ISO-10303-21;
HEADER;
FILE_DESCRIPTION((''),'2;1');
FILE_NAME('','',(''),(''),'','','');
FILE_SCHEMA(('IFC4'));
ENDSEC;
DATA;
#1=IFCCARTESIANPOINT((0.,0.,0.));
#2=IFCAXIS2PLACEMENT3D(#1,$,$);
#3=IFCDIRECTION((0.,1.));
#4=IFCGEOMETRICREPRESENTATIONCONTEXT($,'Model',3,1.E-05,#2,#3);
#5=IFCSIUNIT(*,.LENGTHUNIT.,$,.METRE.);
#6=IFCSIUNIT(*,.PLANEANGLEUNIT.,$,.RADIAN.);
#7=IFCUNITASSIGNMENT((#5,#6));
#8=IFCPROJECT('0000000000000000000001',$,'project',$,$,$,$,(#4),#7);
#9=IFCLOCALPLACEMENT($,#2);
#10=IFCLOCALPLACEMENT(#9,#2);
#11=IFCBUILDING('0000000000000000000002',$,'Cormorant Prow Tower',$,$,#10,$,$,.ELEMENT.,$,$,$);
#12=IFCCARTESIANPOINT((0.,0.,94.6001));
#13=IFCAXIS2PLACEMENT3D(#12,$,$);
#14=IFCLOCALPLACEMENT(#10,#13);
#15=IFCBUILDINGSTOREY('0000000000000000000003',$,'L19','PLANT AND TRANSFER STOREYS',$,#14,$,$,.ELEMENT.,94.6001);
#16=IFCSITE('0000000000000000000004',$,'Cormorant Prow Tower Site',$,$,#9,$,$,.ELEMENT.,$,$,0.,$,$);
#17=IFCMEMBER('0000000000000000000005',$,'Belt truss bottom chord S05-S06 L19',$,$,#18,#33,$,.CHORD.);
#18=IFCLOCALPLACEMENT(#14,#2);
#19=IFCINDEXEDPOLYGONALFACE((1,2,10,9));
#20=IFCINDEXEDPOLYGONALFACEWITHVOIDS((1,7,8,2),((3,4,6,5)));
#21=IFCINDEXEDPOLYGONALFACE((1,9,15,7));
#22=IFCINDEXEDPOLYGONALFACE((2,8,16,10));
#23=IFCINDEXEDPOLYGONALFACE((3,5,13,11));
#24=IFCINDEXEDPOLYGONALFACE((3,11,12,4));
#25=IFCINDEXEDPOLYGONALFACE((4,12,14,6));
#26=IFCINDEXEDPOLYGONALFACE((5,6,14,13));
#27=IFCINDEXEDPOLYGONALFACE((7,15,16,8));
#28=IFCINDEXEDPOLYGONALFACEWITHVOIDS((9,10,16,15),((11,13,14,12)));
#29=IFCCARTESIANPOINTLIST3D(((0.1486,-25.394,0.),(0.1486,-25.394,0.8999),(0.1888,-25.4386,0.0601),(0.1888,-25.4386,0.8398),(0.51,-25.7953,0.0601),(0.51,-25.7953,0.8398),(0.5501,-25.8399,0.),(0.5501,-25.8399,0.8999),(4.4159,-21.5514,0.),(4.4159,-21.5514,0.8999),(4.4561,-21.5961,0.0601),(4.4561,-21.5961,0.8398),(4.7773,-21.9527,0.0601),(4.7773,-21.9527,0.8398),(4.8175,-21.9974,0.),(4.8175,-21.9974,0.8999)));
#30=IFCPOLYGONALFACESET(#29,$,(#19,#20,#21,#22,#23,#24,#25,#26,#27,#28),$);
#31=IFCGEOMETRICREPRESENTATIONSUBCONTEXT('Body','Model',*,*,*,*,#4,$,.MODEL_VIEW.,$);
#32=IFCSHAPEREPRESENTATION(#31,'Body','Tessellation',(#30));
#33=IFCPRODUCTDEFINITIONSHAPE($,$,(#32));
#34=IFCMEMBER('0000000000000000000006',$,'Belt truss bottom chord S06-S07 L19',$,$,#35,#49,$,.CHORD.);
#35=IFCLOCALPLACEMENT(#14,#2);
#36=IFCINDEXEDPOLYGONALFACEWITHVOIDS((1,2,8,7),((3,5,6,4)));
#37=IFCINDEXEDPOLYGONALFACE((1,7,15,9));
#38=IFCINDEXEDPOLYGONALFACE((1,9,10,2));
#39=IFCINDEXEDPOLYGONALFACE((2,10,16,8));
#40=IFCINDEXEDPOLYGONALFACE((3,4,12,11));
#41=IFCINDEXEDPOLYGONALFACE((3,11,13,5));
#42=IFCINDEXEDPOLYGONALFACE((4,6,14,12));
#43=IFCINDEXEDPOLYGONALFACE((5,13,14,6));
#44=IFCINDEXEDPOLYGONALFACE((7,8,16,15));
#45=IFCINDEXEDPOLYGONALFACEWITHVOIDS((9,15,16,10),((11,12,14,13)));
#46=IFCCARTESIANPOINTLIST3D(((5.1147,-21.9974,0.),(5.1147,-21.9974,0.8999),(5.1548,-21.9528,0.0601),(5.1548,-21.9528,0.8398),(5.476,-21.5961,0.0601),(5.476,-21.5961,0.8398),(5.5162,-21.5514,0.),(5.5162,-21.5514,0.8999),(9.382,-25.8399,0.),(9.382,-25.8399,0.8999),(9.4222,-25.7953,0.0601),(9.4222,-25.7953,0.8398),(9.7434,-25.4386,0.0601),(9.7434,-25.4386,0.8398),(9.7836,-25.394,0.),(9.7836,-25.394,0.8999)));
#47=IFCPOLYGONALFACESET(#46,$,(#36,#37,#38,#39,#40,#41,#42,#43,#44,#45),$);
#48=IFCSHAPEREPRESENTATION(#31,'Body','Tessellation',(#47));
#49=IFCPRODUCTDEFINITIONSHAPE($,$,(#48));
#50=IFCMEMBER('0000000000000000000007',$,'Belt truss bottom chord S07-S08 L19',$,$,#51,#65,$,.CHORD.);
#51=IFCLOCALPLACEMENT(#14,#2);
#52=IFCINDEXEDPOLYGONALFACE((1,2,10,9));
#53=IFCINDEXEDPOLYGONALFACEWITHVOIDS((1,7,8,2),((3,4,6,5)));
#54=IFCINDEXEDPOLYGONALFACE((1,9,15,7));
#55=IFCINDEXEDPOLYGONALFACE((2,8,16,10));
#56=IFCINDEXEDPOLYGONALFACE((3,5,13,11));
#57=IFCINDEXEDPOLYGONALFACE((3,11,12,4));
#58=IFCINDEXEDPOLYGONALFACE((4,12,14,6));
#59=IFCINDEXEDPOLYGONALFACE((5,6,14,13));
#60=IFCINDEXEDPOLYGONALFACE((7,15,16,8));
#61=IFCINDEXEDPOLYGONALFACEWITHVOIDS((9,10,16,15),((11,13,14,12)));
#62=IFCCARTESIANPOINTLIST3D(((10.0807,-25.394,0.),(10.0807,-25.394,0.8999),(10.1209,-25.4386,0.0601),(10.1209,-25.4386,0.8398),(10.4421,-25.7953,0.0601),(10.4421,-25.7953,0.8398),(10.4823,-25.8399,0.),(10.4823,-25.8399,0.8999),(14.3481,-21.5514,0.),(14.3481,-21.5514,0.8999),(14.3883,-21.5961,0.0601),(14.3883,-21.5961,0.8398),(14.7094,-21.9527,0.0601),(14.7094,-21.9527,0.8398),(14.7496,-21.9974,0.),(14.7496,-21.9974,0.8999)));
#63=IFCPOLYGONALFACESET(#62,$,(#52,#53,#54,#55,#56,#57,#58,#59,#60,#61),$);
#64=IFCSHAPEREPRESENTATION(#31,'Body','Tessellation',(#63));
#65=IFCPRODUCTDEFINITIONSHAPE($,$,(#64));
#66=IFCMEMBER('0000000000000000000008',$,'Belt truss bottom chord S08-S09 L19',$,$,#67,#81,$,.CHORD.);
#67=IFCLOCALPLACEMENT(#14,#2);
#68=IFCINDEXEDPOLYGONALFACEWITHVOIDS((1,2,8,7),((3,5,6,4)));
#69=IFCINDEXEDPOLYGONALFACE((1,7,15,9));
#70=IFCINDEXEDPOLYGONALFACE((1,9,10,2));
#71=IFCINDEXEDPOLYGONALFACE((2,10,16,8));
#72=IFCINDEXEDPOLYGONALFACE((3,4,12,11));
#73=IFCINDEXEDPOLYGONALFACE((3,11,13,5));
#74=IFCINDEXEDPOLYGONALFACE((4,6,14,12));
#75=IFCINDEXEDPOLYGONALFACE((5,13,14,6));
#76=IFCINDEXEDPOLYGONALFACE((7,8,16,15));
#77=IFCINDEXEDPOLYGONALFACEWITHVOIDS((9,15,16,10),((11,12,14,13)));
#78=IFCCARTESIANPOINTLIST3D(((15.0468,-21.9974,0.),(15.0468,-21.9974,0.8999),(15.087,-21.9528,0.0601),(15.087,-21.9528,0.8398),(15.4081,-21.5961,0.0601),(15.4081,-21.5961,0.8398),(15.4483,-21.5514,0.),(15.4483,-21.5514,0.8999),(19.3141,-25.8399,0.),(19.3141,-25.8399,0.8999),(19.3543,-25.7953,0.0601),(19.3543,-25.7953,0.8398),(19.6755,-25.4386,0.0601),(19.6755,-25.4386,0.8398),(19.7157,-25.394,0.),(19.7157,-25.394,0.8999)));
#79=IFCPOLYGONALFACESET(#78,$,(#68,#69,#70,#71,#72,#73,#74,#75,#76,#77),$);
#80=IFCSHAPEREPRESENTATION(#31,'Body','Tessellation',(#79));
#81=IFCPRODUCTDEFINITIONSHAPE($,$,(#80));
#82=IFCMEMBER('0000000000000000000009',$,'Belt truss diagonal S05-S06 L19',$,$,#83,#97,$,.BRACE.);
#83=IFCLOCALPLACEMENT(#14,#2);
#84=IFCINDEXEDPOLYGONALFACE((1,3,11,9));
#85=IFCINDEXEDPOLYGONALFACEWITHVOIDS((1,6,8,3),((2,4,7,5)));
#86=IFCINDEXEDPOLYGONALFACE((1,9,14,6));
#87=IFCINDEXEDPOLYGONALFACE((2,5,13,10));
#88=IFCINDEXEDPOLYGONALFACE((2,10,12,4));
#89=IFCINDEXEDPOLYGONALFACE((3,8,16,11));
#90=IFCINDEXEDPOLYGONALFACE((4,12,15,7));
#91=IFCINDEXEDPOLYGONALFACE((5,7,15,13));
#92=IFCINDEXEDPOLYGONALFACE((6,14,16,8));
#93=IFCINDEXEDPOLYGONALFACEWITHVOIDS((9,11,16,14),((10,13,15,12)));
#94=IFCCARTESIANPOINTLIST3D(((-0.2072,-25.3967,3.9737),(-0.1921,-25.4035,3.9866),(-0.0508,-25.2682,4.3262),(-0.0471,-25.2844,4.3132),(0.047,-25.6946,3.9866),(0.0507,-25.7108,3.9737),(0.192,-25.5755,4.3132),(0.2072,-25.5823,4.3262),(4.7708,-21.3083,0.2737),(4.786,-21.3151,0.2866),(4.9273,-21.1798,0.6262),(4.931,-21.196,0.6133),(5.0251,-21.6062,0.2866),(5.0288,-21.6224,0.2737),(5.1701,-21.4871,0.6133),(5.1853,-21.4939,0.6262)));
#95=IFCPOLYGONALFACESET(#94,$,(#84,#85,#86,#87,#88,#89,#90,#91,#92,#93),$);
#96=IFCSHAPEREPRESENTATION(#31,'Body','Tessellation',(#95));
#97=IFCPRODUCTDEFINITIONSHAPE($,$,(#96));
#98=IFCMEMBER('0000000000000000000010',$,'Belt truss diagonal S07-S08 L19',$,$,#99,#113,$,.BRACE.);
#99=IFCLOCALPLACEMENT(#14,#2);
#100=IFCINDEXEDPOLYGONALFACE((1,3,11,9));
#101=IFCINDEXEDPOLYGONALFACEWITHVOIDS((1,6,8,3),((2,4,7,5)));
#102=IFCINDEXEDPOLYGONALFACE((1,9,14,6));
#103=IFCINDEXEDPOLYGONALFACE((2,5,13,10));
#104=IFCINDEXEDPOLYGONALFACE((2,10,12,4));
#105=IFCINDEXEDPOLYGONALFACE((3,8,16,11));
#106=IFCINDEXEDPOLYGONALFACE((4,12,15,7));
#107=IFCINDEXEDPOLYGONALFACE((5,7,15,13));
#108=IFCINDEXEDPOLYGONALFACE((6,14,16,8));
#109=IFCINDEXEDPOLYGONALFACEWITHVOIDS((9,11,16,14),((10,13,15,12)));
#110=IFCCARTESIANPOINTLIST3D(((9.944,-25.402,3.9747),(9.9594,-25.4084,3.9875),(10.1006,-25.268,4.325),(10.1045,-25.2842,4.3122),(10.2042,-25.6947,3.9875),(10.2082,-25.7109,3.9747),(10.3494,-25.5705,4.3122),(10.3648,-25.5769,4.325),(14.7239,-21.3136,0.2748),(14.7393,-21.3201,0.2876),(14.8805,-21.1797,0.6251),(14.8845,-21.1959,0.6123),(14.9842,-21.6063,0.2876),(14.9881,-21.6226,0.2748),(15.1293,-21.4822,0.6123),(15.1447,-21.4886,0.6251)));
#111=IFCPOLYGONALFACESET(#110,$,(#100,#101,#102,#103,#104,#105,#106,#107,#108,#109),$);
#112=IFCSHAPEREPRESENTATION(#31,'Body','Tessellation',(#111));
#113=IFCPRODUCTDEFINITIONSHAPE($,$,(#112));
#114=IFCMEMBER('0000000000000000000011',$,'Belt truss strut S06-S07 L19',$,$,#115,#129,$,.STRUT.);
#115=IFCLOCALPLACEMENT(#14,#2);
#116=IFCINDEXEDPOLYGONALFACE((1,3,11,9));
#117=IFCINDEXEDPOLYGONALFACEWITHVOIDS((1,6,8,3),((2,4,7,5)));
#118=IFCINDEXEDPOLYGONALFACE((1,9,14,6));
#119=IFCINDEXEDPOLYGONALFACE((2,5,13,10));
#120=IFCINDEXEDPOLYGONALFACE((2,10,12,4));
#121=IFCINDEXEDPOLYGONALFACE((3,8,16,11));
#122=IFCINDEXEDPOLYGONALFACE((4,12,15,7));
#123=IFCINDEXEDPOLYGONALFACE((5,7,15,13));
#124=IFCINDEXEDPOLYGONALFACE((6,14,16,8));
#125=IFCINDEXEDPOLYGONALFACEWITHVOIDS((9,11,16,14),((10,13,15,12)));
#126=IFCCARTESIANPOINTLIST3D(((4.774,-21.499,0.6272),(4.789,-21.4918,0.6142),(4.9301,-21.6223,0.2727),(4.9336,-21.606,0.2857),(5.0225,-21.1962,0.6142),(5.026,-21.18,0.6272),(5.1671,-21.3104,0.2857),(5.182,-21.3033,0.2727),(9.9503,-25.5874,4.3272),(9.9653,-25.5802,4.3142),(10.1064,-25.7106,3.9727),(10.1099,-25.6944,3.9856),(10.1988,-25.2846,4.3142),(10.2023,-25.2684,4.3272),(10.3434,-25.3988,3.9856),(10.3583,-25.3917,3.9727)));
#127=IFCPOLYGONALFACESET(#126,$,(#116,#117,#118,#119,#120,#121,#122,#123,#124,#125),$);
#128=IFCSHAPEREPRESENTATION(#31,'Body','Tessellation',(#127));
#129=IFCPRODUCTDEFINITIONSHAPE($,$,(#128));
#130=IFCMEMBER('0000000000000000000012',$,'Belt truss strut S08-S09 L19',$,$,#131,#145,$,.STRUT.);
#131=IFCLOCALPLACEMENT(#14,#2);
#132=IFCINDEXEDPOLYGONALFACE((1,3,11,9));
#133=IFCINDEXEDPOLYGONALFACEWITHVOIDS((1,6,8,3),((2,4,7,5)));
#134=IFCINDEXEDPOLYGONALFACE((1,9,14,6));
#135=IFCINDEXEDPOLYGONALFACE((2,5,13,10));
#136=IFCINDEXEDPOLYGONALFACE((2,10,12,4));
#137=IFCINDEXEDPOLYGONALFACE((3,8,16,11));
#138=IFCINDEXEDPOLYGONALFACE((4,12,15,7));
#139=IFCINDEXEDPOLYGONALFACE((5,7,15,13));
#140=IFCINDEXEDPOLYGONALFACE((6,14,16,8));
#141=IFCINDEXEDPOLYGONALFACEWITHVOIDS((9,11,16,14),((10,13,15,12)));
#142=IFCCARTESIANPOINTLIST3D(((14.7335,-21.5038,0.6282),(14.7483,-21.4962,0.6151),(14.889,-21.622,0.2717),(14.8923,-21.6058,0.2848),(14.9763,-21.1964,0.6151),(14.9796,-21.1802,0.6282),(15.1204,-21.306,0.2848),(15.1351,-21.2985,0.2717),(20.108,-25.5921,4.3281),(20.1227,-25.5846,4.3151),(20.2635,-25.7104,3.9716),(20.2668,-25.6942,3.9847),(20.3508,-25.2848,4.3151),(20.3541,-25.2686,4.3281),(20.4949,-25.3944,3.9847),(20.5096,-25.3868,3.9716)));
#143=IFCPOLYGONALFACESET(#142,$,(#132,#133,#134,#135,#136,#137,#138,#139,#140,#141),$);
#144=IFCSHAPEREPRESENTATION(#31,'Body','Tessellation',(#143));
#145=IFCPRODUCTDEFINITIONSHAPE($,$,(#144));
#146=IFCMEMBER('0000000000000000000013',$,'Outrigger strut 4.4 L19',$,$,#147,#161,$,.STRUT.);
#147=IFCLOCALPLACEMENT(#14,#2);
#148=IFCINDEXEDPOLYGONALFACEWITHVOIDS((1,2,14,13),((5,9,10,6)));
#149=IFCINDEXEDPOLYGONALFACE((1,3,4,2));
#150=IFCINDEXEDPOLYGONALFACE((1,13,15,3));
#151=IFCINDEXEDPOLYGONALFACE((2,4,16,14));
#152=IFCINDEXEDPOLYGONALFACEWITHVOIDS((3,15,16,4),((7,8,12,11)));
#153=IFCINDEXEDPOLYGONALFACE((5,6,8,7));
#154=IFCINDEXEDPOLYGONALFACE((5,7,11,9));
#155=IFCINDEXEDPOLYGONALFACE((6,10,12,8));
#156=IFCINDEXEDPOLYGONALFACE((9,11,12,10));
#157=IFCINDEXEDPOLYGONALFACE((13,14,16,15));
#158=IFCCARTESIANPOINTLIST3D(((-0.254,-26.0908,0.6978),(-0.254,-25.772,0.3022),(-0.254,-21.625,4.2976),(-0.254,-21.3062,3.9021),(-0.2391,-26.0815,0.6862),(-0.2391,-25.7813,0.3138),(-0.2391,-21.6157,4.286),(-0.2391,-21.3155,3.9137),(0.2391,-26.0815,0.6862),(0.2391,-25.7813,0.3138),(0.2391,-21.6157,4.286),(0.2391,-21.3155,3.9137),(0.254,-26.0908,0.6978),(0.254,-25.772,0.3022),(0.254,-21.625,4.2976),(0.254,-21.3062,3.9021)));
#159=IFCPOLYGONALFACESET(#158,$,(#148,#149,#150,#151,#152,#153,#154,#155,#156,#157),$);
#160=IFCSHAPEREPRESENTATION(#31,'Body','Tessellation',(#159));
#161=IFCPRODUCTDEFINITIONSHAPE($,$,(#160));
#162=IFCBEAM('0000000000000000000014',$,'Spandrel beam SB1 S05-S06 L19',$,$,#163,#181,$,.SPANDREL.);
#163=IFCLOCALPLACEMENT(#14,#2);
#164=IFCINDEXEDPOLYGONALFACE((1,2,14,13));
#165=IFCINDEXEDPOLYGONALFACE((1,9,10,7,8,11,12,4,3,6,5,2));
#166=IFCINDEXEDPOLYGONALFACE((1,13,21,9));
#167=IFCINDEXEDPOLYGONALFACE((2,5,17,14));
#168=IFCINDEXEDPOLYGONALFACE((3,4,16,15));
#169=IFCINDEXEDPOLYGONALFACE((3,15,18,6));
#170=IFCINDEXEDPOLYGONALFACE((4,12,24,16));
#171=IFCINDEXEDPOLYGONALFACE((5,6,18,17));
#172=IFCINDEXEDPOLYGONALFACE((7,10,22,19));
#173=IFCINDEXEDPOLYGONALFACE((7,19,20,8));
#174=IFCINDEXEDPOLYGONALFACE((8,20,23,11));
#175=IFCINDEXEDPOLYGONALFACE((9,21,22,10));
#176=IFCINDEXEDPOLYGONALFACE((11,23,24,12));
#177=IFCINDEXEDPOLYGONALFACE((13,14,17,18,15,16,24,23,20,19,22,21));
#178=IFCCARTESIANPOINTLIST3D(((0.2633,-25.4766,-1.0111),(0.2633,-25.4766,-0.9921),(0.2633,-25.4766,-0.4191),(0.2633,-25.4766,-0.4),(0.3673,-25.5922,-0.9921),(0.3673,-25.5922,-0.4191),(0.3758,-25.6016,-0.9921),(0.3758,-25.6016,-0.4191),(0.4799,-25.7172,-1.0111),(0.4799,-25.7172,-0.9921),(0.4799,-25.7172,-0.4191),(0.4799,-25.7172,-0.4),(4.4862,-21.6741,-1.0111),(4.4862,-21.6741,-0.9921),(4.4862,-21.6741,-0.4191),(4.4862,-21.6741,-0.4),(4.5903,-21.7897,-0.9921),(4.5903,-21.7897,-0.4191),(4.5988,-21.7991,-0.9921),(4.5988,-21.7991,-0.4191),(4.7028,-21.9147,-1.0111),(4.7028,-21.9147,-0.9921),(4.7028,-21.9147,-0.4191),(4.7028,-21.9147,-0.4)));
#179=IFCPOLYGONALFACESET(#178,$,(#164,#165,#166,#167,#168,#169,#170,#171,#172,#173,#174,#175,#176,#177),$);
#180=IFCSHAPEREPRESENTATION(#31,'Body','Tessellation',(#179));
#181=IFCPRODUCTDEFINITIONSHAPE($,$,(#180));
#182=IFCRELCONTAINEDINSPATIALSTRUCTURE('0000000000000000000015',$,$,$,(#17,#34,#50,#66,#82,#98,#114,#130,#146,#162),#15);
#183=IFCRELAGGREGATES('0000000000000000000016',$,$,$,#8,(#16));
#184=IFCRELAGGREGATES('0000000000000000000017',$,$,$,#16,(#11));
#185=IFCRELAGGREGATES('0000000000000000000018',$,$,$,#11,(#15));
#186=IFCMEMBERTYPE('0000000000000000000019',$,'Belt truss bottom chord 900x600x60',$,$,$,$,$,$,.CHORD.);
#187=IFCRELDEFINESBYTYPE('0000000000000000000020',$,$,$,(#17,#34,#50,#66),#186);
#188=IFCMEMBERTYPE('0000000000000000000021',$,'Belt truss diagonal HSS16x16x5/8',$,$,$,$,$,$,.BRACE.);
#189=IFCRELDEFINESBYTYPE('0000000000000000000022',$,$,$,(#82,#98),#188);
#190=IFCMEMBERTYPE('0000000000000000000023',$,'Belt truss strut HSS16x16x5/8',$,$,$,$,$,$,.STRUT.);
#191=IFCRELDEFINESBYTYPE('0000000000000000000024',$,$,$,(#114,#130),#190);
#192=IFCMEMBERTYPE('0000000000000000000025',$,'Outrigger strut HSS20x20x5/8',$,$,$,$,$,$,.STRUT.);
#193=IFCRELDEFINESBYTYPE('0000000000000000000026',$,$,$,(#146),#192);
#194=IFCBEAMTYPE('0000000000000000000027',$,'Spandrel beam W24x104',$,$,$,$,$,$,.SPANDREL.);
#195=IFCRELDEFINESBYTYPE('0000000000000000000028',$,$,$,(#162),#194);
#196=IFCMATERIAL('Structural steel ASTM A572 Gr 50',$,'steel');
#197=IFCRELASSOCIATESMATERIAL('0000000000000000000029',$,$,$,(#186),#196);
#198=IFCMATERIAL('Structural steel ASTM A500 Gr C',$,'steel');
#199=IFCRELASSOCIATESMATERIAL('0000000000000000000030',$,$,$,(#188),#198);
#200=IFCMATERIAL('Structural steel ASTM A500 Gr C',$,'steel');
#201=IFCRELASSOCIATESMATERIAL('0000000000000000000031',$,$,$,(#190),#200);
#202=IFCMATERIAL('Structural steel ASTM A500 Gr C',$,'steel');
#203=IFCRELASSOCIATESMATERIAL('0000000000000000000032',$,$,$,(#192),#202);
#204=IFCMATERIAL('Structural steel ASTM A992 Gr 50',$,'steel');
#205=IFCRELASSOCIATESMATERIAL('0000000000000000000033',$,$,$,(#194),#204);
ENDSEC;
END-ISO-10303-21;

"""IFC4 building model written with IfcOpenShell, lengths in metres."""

from ifc_helpers import new_model, si_unit, direction, frame, origin, origin_2d, place, context, subcontext, project, spatial, hollow_rectangle, i_section, extrude, material, material_profile, profile_set, type_object, element, save


model = new_model("IFC4")

# Units and contexts
model_context = context("Model", 3, precision=1e-05, world=origin(), true_north=direction((0.0, 1.0)))
body_context = subcontext(model_context, "Body", "Model", "MODEL_VIEW")
ifc_project = project(units=[si_unit("LENGTHUNIT", "METRE"), si_unit("PLANEANGLEUNIT", "RADIAN")], contexts=[model_context])

# Site, building, storey
site_placement = place(None, origin())
site = spatial("IfcSite", under=ifc_project, at=site_placement, Name="Cormorant Prow Tower Site", CompositionType="ELEMENT", RefElevation=0.0)
building_placement = place(site_placement, origin())
building = spatial("IfcBuilding", under=site, at=building_placement, Name="Cormorant Prow Tower", CompositionType="ELEMENT")
storey_placement = place(building_placement, frame((0.0, 0.0, 94.6001)))
storey = spatial("IfcBuildingStorey", under=building, at=storey_placement, Name="L19", Description="PLANT AND TRANSFER STOREYS", CompositionType="ELEMENT", Elevation=94.6001)

# Members
ifc_material_1 = material(Name="Structural steel ASTM A572 Gr 50", Category="steel")
ifc_material_profile_1 = material_profile(ifc_material_1, hollow_rectangle(XDim=0.6001, YDim=0.8999, WallThickness=0.0601, at=origin_2d()), Name="Box 900x600x60")
ifc_profile_set_1 = profile_set([ifc_material_profile_1], Name="Structural steel ASTM A572 Gr 50")
member_type_1 = type_object("IfcMemberType", Name="Belt truss bottom chord 900x600x60", PredefinedType="CHORD", material=ifc_profile_set_1)
for number, where, z_axis, x_axis, name in (
    (1, (0.3494, -25.6169, 0.45), (0.743127, 0.66915, 0.0), (-0.66915, 0.743127, 0.0), "Belt truss bottom chord S05-S06 L19"),
    (2, (5.3154, -21.7744, 0.45), (0.743127, -0.66915, 0.0), (0.66915, 0.743127, 0.0), "Belt truss bottom chord S06-S07 L19"),
    (3, (10.2815, -25.6169, 0.45), (0.743127, 0.66915, 0.0), (-0.66915, 0.743127, 0.0), "Belt truss bottom chord S07-S08 L19"),
    (4, (15.2476, -21.7744, 0.45), (0.743127, -0.66915, 0.0), (0.66915, 0.743127, 0.0), "Belt truss bottom chord S08-S09 L19"),
):
    element("IfcMember", number, at=place(storey_placement, frame(where, z_axis=z_axis, x_axis=x_axis)), inside=storey, type_object=member_type_1, Name=name, PredefinedType="CHORD", context=body_context, shape_type="SweptSolid", body=[
        extrude(hollow_rectangle(XDim=0.6001, YDim=0.8999, WallThickness=0.0601, at=origin_2d()), origin(), (0.0, 0.0, 1.0), 5.7424),
    ])
ifc_material_2 = material(Name="Structural steel ASTM A500 Gr C", Category="steel")
ifc_material_profile_2 = material_profile(ifc_material_2, hollow_rectangle(XDim=0.4065, YDim=0.4065, WallThickness=0.0149, at=origin_2d()), Name="HSS16x16x5/8")
ifc_profile_set_2 = profile_set([ifc_material_profile_2], Name="Structural steel ASTM A500 Gr C")
member_type_2 = type_object("IfcMemberType", Name="Belt truss diagonal HSS16x16x5/8", PredefinedType="BRACE", material=ifc_profile_set_2)
member_1_placement = place(storey_placement, frame((4.978, -21.4011, 0.45), z_axis=(-0.67011, -0.550351, 0.498063), x_axis=(0.634673, -0.772781, 0.0)))
element("IfcMember", 5, at=member_1_placement, inside=storey, type_object=member_type_2, Name="Belt truss diagonal S05-S06 L19", PredefinedType="BRACE", context=body_context, shape_type="SweptSolid", body=[
    extrude(hollow_rectangle(XDim=0.4065, YDim=0.4065, WallThickness=0.0149, at=origin_2d()), origin(), (0.0, 0.0, 1.0), 7.4287),
])
member_2_placement = place(storey_placement, frame((14.9343, -21.4011, 0.45), z_axis=(-0.655025, -0.560246, 0.507018), x_axis=(0.649985, -0.759947, 0.0)))
element("IfcMember", 6, at=member_2_placement, inside=storey, type_object=member_type_2, Name="Belt truss diagonal S07-S08 L19", PredefinedType="BRACE", context=body_context, shape_type="SweptSolid", body=[
    extrude(hollow_rectangle(XDim=0.4065, YDim=0.4065, WallThickness=0.0149, at=origin_2d()), origin(), (0.0, 0.0, 1.0), 7.2974),
])
ifc_material_3 = material(Name="Structural steel ASTM A500 Gr C", Category="steel")
ifc_material_profile_3 = material_profile(ifc_material_3, hollow_rectangle(XDim=0.4065, YDim=0.4065, WallThickness=0.0149, at=origin_2d()), Name="HSS16x16x5/8")
ifc_profile_set_3 = profile_set([ifc_material_profile_3], Name="Structural steel ASTM A500 Gr C")
member_type_3 = type_object("IfcMemberType", Name="Belt truss strut HSS16x16x5/8", PredefinedType="STRUT", material=ifc_profile_set_3)
member_3_placement = place(storey_placement, frame((4.978, -21.4011, 0.45), z_axis=(0.684424, -0.54058, 0.48922), x_axis=(0.619817, 0.784746, 0.0)))
element("IfcMember", 7, at=member_3_placement, inside=storey, type_object=member_type_3, Name="Belt truss strut S06-S07 L19", PredefinedType="STRUT", context=body_context, shape_type="SweptSolid", body=[
    extrude(hollow_rectangle(XDim=0.4065, YDim=0.4065, WallThickness=0.0149, at=origin_2d()), origin(), (0.0, 0.0, 1.0), 7.563),
])
member_4_placement = place(storey_placement, frame((14.9343, -21.4011, 0.45), z_axis=(0.697989, -0.530959, 0.480514), x_axis=(0.605435, 0.795895, 0.0)))
element("IfcMember", 8, at=member_4_placement, inside=storey, type_object=member_type_3, Name="Belt truss strut S08-S09 L19", PredefinedType="STRUT", context=body_context, shape_type="SweptSolid", body=[
    extrude(hollow_rectangle(XDim=0.4065, YDim=0.4065, WallThickness=0.0149, at=origin_2d()), origin(), (0.0, 0.0, 1.0), 7.7),
])
ifc_material_4 = material(Name="Structural steel ASTM A500 Gr C", Category="steel")
ifc_material_profile_4 = material_profile(ifc_material_4, hollow_rectangle(XDim=0.5081, YDim=0.5081, WallThickness=0.0149, at=origin_2d()), Name="HSS20x20x5/8")
ifc_profile_set_4 = profile_set([ifc_material_profile_4], Name="Structural steel ASTM A500 Gr C")
member_type_4 = type_object("IfcMemberType", Name="Outrigger strut HSS20x20x5/8", PredefinedType="STRUT", material=ifc_profile_set_4)
member_5_placement = place(storey_placement, frame((0.0, -21.4656, 4.0999), z_axis=(0.0, -0.778551, -0.627582), x_axis=(1.0, 0.0, 0.0)))
element("IfcMember", 9, at=member_5_placement, inside=storey, type_object=member_type_4, Name="Outrigger strut 4.4 L19", PredefinedType="STRUT", context=body_context, shape_type="SweptSolid", body=[
    extrude(hollow_rectangle(XDim=0.5081, YDim=0.5081, WallThickness=0.0149, at=origin_2d()), origin(), (0.0, 0.0, 1.0), 5.7361),
])

# Beam
ifc_material_5 = material(Name="Structural steel ASTM A992 Gr 50", Category="steel")
ifc_material_profile_5 = material_profile(ifc_material_5, i_section(OverallWidth=0.3237, OverallDepth=0.6111, WebThickness=0.0127, FlangeThickness=0.019, at=origin_2d()), Name="W24x104")
ifc_profile_set_5 = profile_set([ifc_material_profile_5], Name="Structural steel ASTM A992 Gr 50")
beam_type = type_object("IfcBeamType", Name="Spandrel beam W24x104", PredefinedType="SPANDREL", material=ifc_profile_set_5)
for number, where, z_axis, x_axis, name in (
    (10, (0.3716, -25.5969, -0.7056), (0.74313, 0.669147, 0.0), (-0.669147, 0.74313, 0.0), "Spandrel beam SB1 S05-S06 L19"),
):
    element("IfcBeam", number, at=place(storey_placement, frame(where, z_axis=z_axis, x_axis=x_axis)), inside=storey, type_object=beam_type, Name=name, PredefinedType="SPANDREL", context=body_context, shape_type="SweptSolid", body=[
        extrude(i_section(OverallWidth=0.3237, OverallDepth=0.6111, WebThickness=0.0127, FlangeThickness=0.019, at=origin_2d()), origin(), (0.0, 0.0, 1.0), 5.6826),
    ])

save(model, "model.ifc")
